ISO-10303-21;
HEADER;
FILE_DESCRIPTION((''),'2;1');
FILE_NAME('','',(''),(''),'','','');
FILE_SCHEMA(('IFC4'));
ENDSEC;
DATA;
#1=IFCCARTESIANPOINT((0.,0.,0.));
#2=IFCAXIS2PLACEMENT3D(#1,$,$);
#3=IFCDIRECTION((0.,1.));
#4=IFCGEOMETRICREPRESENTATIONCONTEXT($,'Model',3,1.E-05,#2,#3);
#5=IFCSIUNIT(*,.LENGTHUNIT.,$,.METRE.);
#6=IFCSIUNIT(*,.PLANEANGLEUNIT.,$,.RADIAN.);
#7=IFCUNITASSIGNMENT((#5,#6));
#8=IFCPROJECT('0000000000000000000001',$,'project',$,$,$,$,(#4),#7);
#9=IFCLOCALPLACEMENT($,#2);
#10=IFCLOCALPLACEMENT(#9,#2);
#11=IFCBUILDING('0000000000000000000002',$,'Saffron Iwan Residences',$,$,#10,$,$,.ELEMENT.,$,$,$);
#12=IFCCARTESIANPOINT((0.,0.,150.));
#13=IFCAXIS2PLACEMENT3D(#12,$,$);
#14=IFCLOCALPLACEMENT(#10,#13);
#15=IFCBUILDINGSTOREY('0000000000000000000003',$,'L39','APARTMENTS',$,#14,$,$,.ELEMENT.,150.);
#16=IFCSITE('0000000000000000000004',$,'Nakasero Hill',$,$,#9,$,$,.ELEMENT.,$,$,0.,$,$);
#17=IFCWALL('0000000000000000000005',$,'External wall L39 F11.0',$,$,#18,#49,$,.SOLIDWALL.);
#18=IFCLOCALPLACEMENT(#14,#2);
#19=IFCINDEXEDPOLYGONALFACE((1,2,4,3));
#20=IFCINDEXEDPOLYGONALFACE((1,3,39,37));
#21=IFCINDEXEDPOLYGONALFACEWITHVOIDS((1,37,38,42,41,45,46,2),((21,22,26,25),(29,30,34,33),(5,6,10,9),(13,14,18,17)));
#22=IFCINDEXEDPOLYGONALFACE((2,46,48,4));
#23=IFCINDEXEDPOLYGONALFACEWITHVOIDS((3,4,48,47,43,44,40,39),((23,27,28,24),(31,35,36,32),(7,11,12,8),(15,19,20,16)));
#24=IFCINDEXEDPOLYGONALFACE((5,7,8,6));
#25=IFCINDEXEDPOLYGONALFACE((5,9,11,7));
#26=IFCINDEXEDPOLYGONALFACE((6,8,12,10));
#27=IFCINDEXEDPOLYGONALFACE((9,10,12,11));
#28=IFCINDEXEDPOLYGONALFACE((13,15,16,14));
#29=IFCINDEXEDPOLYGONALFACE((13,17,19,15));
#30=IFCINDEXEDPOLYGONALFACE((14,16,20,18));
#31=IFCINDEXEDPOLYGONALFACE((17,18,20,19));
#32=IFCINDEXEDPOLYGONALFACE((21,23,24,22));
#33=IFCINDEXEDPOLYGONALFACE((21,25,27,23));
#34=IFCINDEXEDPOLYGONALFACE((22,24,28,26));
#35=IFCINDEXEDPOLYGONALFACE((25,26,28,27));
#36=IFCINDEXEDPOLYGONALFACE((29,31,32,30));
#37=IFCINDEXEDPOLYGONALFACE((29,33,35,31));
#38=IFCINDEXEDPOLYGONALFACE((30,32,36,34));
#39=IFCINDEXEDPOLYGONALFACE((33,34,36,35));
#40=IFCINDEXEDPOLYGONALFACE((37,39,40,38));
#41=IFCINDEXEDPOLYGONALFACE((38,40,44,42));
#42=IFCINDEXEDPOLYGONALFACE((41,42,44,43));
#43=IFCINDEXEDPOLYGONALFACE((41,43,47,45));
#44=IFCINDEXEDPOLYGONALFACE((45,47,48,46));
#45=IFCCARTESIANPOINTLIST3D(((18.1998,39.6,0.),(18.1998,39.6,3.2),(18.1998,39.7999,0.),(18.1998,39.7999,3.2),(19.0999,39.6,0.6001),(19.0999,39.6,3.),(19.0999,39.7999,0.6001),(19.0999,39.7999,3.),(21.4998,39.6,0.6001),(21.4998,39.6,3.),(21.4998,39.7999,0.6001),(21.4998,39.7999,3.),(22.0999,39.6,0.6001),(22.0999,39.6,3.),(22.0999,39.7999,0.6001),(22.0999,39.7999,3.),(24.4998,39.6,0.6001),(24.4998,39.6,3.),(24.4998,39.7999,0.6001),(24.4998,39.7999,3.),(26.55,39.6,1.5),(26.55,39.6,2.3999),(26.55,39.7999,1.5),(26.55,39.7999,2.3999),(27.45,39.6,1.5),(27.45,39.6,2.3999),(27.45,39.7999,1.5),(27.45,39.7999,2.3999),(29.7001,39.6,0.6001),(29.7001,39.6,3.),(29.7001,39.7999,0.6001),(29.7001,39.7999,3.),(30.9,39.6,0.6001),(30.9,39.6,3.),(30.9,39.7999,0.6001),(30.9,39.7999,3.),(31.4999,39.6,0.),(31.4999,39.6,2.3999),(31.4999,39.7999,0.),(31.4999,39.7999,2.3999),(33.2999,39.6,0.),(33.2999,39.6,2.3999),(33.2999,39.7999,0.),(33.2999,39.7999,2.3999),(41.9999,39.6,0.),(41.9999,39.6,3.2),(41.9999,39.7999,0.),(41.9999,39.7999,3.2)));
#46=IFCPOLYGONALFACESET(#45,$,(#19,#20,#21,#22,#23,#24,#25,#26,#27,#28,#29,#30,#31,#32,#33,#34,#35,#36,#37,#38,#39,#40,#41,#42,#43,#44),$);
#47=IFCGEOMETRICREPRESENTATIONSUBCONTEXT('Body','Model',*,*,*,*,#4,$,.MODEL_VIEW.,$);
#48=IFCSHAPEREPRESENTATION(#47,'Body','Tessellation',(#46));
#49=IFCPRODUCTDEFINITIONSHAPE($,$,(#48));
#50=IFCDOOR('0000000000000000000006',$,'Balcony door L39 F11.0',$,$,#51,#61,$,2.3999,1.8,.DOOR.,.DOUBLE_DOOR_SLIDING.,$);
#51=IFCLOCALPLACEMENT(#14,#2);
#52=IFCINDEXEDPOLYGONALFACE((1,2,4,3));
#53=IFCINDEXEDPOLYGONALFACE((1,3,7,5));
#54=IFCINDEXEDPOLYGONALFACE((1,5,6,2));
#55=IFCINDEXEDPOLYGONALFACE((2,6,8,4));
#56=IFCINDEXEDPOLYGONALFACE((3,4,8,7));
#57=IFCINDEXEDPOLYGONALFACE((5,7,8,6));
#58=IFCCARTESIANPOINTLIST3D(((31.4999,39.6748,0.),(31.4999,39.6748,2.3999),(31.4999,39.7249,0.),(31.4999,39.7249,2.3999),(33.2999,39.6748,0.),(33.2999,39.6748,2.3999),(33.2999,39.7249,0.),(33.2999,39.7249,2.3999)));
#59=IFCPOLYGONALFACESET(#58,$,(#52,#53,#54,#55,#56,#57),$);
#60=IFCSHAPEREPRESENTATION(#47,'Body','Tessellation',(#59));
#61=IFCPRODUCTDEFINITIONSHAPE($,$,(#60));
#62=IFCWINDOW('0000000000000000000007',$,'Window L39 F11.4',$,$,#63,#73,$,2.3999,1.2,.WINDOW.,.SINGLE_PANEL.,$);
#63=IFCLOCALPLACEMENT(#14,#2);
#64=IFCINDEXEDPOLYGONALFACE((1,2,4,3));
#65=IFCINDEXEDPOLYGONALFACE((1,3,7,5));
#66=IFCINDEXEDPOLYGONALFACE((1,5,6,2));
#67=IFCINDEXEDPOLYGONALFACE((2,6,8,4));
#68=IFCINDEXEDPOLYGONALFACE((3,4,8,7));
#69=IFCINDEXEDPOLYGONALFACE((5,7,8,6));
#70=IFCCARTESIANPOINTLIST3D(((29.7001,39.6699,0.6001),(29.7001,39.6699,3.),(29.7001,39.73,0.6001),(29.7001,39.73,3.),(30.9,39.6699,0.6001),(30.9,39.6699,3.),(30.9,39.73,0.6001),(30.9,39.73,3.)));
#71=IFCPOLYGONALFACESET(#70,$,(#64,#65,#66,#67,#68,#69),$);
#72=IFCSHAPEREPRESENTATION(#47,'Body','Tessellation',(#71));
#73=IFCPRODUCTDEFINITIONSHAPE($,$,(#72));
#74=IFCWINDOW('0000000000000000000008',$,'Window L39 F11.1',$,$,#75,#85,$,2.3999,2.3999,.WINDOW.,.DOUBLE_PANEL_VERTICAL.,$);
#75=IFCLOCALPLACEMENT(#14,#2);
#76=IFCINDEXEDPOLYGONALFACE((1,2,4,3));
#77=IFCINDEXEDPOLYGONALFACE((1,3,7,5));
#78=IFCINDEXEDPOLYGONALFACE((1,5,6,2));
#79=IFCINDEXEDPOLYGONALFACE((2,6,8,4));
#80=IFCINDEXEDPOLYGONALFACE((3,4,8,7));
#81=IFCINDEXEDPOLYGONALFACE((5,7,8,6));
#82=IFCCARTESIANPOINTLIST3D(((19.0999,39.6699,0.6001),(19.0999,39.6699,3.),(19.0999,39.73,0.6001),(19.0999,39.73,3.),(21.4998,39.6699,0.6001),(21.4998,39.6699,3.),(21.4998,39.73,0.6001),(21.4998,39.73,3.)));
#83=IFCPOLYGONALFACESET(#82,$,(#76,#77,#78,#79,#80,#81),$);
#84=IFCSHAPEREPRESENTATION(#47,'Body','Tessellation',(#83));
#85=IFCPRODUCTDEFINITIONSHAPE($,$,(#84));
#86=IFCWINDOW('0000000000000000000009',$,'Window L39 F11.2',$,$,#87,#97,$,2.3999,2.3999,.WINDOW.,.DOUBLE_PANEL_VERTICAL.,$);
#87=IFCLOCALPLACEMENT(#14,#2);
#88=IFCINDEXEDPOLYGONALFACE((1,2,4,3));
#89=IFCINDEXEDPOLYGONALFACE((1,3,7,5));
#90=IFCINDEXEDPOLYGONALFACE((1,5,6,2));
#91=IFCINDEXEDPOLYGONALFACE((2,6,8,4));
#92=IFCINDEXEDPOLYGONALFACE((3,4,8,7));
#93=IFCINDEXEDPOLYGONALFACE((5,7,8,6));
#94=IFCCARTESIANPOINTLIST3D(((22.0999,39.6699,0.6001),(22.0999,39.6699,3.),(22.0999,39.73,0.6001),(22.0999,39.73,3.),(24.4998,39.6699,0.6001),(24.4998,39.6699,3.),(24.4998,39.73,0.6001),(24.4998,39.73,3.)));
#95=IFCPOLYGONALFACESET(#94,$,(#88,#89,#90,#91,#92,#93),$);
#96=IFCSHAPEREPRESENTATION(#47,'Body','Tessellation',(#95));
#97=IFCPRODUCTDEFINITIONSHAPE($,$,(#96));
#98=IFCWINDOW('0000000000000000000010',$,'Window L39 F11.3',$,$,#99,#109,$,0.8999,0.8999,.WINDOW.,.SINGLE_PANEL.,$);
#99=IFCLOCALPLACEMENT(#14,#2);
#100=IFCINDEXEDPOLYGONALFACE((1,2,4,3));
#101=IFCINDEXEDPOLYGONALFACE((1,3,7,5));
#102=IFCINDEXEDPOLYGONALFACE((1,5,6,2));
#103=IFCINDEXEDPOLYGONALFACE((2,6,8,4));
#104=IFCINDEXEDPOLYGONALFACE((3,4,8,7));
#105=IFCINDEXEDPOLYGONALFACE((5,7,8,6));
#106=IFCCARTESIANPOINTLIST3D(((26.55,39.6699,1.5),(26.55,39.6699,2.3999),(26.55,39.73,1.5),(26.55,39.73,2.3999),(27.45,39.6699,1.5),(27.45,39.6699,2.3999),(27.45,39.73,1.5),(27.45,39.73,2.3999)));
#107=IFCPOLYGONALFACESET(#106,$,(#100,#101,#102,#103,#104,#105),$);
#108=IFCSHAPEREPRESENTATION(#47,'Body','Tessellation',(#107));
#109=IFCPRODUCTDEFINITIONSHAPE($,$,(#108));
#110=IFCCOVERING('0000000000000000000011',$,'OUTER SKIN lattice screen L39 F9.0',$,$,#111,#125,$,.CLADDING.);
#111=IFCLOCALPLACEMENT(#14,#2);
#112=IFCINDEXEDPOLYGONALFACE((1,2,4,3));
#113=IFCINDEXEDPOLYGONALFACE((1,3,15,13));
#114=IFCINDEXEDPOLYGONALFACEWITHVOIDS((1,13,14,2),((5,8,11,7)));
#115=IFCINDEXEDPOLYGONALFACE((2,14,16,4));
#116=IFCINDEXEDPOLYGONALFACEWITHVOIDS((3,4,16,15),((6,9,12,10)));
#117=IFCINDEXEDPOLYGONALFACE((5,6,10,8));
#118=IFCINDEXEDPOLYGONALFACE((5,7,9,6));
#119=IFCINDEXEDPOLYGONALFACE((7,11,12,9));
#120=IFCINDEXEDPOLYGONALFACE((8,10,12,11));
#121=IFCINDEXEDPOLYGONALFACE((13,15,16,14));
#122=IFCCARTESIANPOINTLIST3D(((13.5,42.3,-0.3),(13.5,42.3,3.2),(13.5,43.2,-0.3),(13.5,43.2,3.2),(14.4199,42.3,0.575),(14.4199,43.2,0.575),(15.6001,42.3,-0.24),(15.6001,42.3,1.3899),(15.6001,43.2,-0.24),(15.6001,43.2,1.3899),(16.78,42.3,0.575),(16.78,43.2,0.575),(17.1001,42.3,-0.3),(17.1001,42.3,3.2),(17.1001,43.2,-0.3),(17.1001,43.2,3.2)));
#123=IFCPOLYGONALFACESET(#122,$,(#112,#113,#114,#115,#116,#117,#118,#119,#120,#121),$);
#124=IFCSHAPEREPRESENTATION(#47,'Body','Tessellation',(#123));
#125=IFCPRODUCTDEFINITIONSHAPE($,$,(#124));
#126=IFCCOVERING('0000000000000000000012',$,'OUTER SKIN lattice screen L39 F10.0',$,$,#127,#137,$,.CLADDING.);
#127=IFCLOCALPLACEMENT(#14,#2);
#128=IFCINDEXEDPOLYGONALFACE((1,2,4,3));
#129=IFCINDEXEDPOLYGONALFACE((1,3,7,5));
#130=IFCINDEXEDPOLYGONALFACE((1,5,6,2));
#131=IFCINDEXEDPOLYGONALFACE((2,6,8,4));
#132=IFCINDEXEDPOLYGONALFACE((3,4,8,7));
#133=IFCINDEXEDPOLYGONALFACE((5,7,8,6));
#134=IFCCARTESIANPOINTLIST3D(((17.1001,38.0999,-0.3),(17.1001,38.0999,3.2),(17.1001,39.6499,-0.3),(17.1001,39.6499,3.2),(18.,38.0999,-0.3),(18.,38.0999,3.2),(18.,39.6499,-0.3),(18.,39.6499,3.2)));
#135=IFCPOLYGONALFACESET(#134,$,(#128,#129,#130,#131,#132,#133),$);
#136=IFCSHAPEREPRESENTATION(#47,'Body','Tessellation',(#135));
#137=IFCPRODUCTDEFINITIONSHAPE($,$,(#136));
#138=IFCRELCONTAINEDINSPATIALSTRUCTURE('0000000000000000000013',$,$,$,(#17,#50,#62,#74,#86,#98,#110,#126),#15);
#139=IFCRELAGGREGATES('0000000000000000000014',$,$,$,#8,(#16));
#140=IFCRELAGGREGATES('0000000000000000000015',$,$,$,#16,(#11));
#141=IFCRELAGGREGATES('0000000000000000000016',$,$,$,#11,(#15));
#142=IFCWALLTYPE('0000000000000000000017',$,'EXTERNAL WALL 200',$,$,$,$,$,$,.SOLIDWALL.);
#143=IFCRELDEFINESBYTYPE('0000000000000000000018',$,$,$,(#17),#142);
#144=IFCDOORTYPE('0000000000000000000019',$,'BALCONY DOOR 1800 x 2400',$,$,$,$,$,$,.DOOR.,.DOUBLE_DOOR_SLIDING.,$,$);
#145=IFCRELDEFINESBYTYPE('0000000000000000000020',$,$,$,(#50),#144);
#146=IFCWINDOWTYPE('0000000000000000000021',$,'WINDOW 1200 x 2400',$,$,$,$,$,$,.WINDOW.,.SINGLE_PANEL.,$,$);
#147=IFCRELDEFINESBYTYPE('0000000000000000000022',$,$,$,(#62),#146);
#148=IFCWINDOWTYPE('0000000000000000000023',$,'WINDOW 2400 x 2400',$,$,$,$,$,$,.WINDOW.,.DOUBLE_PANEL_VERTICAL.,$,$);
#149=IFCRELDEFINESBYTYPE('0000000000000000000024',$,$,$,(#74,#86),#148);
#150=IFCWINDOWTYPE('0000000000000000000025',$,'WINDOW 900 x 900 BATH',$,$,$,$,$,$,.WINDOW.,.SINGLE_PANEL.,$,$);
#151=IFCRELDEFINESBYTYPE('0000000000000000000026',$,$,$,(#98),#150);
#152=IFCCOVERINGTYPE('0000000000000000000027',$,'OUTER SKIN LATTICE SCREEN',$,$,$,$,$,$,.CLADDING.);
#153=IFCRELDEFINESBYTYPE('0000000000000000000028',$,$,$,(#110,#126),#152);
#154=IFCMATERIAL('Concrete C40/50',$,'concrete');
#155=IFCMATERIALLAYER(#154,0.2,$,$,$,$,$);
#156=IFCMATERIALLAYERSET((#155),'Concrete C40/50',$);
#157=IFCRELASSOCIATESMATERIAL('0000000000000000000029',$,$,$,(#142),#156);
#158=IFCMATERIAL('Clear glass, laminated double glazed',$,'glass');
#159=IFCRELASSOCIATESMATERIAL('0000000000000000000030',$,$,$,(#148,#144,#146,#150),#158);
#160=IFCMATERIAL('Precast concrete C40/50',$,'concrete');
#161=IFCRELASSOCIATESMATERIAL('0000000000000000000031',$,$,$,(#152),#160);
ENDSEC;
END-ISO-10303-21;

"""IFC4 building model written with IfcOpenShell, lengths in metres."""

from ifc_helpers import new_model, si_unit, direction, frame, frame_2d, origin, place, context, subcontext, project, spatial, polyline, rectangle, outline, extrude, material, layer, layer_set, type_object, element, fill, save


model = new_model("IFC4")

# Units and contexts
model_context = context("Model", 3, precision=1e-05, world=origin(), true_north=direction((0.0, 1.0)))
body_context = subcontext(model_context, "Body", "Model", "MODEL_VIEW")
ifc_project = project(units=[si_unit("LENGTHUNIT", "METRE"), si_unit("PLANEANGLEUNIT", "RADIAN")], contexts=[model_context])

# Site, building, storey
site_placement = place(None, origin())
site = spatial("IfcSite", under=ifc_project, at=site_placement, Name="Nakasero Hill", CompositionType="ELEMENT", RefElevation=0.0)
building_placement = place(site_placement, origin())
building = spatial("IfcBuilding", under=site, at=building_placement, Name="Saffron Iwan Residences", CompositionType="ELEMENT")
storey_placement = place(building_placement, frame((0.0, 0.0, 150.0)))
storey = spatial("IfcBuildingStorey", under=building, at=storey_placement, Name="L39", Description="APARTMENTS", CompositionType="ELEMENT", Elevation=150.0)

# Shared definitions
ifc_material_1 = material(Name="Concrete C40/50", Category="concrete")
ifc_layer = layer(ifc_material_1, 0.2)
ifc_layer_set = layer_set([ifc_layer], Name="Concrete C40/50")
wall_type = type_object("IfcWallType", Name="EXTERNAL WALL 200", PredefinedType="SOLIDWALL", material=ifc_layer_set)
ifc_material_2 = material(Name="Clear glass, laminated double glazed", Category="glass")
window_type_1 = type_object("IfcWindowType", Name="WINDOW 2400 x 2400", PartitioningType="DOUBLE_PANEL_VERTICAL", PredefinedType="WINDOW", material=ifc_material_2)

# Wall, openings, door, windows
wall_1_placement = place(storey_placement, frame((18.2, 39.7, 0.0), z_axis=(0.0, 0.0, 1.0), x_axis=(1.0, 0.0, 0.0)))
wall_1 = element("IfcWall", 1, at=wall_1_placement, inside=storey, type_object=wall_type, Name="External wall L39 F11.0", PredefinedType="SOLIDWALL", context=body_context, shape_type="SweptSolid", body=[
    extrude(rectangle(XDim=23.8, YDim=0.2, at=frame_2d((11.8999, 0.0))), origin(), (0.0, 0.0, 1.0), 3.2),
])
opening_1_placement = place(wall_1_placement, frame((13.3, 0.0, 0.0)))
opening_1 = element("IfcOpeningElement", 2, at=opening_1_placement, cuts=wall_1, PredefinedType="OPENING", context=body_context, shape_type="SweptSolid", body=[
    extrude(rectangle(XDim=1.8, YDim=2.3999, at=frame_2d((0.8999, 1.2))), frame((0.0, 0.1099, 0.0), z_axis=(0.0, -1.0, 0.0), x_axis=(1.0, 0.0, 0.0)), (0.0, 0.0, 1.0), 0.22),
])
opening_2_placement = place(wall_1_placement, frame((0.8999, 0.0, 0.6001)))
opening_2 = element("IfcOpeningElement", 3, at=opening_2_placement, cuts=wall_1, PredefinedType="OPENING", context=body_context, shape_type="SweptSolid", body=[
    extrude(rectangle(XDim=2.3999, YDim=2.3999, at=frame_2d((1.2, 1.2))), frame((0.0, 0.1099, 0.0), z_axis=(0.0, -1.0, 0.0), x_axis=(1.0, 0.0, 0.0)), (0.0, 0.0, 1.0), 0.22),
])
opening_3_placement = place(wall_1_placement, frame((3.8999, 0.0, 0.6001)))
opening_3 = element("IfcOpeningElement", 4, at=opening_3_placement, cuts=wall_1, PredefinedType="OPENING", context=body_context, shape_type="SweptSolid", body=[
    extrude(rectangle(XDim=2.3999, YDim=2.3999, at=frame_2d((1.2, 1.2))), frame((0.0, 0.1099, 0.0), z_axis=(0.0, -1.0, 0.0), x_axis=(1.0, 0.0, 0.0)), (0.0, 0.0, 1.0), 0.22),
])
opening_4_placement = place(wall_1_placement, frame((8.3501, 0.0, 1.5)))
opening_4 = element("IfcOpeningElement", 5, at=opening_4_placement, cuts=wall_1, PredefinedType="OPENING", context=body_context, shape_type="SweptSolid", body=[
    extrude(rectangle(XDim=0.8999, YDim=0.8999, at=frame_2d((0.45, 0.45))), frame((0.0, 0.1099, 0.0), z_axis=(0.0, -1.0, 0.0), x_axis=(1.0, 0.0, 0.0)), (0.0, 0.0, 1.0), 0.22),
])
opening_5_placement = place(wall_1_placement, frame((11.5, 0.0, 0.6001)))
opening_5 = element("IfcOpeningElement", 6, at=opening_5_placement, cuts=wall_1, PredefinedType="OPENING", context=body_context, shape_type="SweptSolid", body=[
    extrude(rectangle(XDim=1.2, YDim=2.3999, at=frame_2d((0.6001, 1.2))), frame((0.0, 0.1099, 0.0), z_axis=(0.0, -1.0, 0.0), x_axis=(1.0, 0.0, 0.0)), (0.0, 0.0, 1.0), 0.22),
])
door_type = type_object("IfcDoorType", Name="BALCONY DOOR 1800 x 2400", OperationType="DOUBLE_DOOR_SLIDING", PredefinedType="DOOR", material=ifc_material_2)
door_placement = place(opening_1_placement, origin())
door = element("IfcDoor", 7, at=door_placement, inside=storey, type_object=door_type, Name="Balcony door L39 F11.0", OperationType="DOUBLE_DOOR_SLIDING", OverallHeight=2.3999, OverallWidth=1.8, PredefinedType="DOOR", context=body_context, shape_type="SweptSolid", body=[
    extrude(rectangle(XDim=1.8, YDim=2.3999, at=frame_2d((0.8999, 1.2))), frame((0.0, 0.0249, 0.0), z_axis=(0.0, -1.0, 0.0), x_axis=(1.0, 0.0, 0.0)), (0.0, 0.0, 1.0), 0.05),
])
fill(opening_1, door)
window_type_2 = type_object("IfcWindowType", Name="WINDOW 1200 x 2400", PartitioningType="SINGLE_PANEL", PredefinedType="WINDOW", material=ifc_material_2)
window_1_placement = place(opening_5_placement, origin())
window_1 = element("IfcWindow", 8, at=window_1_placement, inside=storey, type_object=window_type_2, Name="Window L39 F11.4", OverallHeight=2.3999, OverallWidth=1.2, PartitioningType="SINGLE_PANEL", PredefinedType="WINDOW", context=body_context, shape_type="SweptSolid", body=[
    extrude(rectangle(XDim=1.2, YDim=2.3999, at=frame_2d((0.6001, 1.2))), frame((0.0, 0.03, 0.0), z_axis=(0.0, -1.0, 0.0), x_axis=(1.0, 0.0, 0.0)), (0.0, 0.0, 1.0), 0.0601),
])
fill(opening_5, window_1)
window_2_placement = place(opening_2_placement, origin())
window_2 = element("IfcWindow", 9, at=window_2_placement, inside=storey, type_object=window_type_1, Name="Window L39 F11.1", OverallHeight=2.3999, OverallWidth=2.3999, PartitioningType="DOUBLE_PANEL_VERTICAL", PredefinedType="WINDOW", context=body_context, shape_type="SweptSolid", body=[
    extrude(rectangle(XDim=2.3999, YDim=2.3999, at=frame_2d((1.2, 1.2))), frame((0.0, 0.03, 0.0), z_axis=(0.0, -1.0, 0.0), x_axis=(1.0, 0.0, 0.0)), (0.0, 0.0, 1.0), 0.0601),
])
fill(opening_2, window_2)
window_3_placement = place(opening_3_placement, origin())
window_3 = element("IfcWindow", 10, at=window_3_placement, inside=storey, type_object=window_type_1, Name="Window L39 F11.2", OverallHeight=2.3999, OverallWidth=2.3999, PartitioningType="DOUBLE_PANEL_VERTICAL", PredefinedType="WINDOW", context=body_context, shape_type="SweptSolid", body=[
    extrude(rectangle(XDim=2.3999, YDim=2.3999, at=frame_2d((1.2, 1.2))), frame((0.0, 0.03, 0.0), z_axis=(0.0, -1.0, 0.0), x_axis=(1.0, 0.0, 0.0)), (0.0, 0.0, 1.0), 0.0601),
])
fill(opening_3, window_3)
window_type_3 = type_object("IfcWindowType", Name="WINDOW 900 x 900 BATH", PartitioningType="SINGLE_PANEL", PredefinedType="WINDOW", material=ifc_material_2)
window_4_placement = place(opening_4_placement, origin())
window_4 = element("IfcWindow", 11, at=window_4_placement, inside=storey, type_object=window_type_3, Name="Window L39 F11.3", OverallHeight=0.8999, OverallWidth=0.8999, PartitioningType="SINGLE_PANEL", PredefinedType="WINDOW", context=body_context, shape_type="SweptSolid", body=[
    extrude(rectangle(XDim=0.8999, YDim=0.8999, at=frame_2d((0.45, 0.45))), frame((0.0, 0.03, 0.0), z_axis=(0.0, -1.0, 0.0), x_axis=(1.0, 0.0, 0.0)), (0.0, 0.0, 1.0), 0.0601),
])
fill(opening_4, window_4)

# Coverings
ifc_material_3 = material(Name="Precast concrete C40/50", Category="concrete")
covering_type_1 = type_object("IfcCoveringType", Name="OUTER SKIN LATTICE SCREEN", PredefinedType="CLADDING", material=ifc_material_3)
covering_1_placement = place(storey_placement, frame((13.5, 43.2, -0.3), z_axis=(0.0, -1.0, 0.0), x_axis=(1.0, 0.0, 0.0)))
element("IfcCovering", 12, at=covering_1_placement, inside=storey, type_object=covering_type_1, Name="OUTER SKIN lattice screen L39 F9.0", PredefinedType="CLADDING", context=body_context, shape_type="SweptSolid", body=[
    extrude(outline(polyline([(0.0, 0.0), (3.6001, 0.0), (3.6001, 3.5), (0.0, 3.5), (0.0, 0.0)]), holes=[polyline([(0.9199, 0.875), (2.1001, 0.0601), (3.28, 0.875), (2.1001, 1.6899), (0.9199, 0.875)])]), origin(), (0.0, 0.0, 1.0), 0.8999),
])
covering_2_placement = place(storey_placement, frame((18.0, 39.6499, -0.3), z_axis=(-1.0, 0.0, 0.0), x_axis=(0.0, -1.0, 0.0)))
element("IfcCovering", 13, at=covering_2_placement, inside=storey, type_object=covering_type_1, Name="OUTER SKIN lattice screen L39 F10.0", PredefinedType="CLADDING", context=body_context, shape_type="SweptSolid", body=[
    extrude(outline(polyline([(0.0, 0.0), (1.55, 0.0), (1.55, 3.5), (0.0, 3.5), (0.0, 0.0)])), origin(), (0.0, 0.0, 1.0), 0.8999),
])

save(model, "model.ifc")
